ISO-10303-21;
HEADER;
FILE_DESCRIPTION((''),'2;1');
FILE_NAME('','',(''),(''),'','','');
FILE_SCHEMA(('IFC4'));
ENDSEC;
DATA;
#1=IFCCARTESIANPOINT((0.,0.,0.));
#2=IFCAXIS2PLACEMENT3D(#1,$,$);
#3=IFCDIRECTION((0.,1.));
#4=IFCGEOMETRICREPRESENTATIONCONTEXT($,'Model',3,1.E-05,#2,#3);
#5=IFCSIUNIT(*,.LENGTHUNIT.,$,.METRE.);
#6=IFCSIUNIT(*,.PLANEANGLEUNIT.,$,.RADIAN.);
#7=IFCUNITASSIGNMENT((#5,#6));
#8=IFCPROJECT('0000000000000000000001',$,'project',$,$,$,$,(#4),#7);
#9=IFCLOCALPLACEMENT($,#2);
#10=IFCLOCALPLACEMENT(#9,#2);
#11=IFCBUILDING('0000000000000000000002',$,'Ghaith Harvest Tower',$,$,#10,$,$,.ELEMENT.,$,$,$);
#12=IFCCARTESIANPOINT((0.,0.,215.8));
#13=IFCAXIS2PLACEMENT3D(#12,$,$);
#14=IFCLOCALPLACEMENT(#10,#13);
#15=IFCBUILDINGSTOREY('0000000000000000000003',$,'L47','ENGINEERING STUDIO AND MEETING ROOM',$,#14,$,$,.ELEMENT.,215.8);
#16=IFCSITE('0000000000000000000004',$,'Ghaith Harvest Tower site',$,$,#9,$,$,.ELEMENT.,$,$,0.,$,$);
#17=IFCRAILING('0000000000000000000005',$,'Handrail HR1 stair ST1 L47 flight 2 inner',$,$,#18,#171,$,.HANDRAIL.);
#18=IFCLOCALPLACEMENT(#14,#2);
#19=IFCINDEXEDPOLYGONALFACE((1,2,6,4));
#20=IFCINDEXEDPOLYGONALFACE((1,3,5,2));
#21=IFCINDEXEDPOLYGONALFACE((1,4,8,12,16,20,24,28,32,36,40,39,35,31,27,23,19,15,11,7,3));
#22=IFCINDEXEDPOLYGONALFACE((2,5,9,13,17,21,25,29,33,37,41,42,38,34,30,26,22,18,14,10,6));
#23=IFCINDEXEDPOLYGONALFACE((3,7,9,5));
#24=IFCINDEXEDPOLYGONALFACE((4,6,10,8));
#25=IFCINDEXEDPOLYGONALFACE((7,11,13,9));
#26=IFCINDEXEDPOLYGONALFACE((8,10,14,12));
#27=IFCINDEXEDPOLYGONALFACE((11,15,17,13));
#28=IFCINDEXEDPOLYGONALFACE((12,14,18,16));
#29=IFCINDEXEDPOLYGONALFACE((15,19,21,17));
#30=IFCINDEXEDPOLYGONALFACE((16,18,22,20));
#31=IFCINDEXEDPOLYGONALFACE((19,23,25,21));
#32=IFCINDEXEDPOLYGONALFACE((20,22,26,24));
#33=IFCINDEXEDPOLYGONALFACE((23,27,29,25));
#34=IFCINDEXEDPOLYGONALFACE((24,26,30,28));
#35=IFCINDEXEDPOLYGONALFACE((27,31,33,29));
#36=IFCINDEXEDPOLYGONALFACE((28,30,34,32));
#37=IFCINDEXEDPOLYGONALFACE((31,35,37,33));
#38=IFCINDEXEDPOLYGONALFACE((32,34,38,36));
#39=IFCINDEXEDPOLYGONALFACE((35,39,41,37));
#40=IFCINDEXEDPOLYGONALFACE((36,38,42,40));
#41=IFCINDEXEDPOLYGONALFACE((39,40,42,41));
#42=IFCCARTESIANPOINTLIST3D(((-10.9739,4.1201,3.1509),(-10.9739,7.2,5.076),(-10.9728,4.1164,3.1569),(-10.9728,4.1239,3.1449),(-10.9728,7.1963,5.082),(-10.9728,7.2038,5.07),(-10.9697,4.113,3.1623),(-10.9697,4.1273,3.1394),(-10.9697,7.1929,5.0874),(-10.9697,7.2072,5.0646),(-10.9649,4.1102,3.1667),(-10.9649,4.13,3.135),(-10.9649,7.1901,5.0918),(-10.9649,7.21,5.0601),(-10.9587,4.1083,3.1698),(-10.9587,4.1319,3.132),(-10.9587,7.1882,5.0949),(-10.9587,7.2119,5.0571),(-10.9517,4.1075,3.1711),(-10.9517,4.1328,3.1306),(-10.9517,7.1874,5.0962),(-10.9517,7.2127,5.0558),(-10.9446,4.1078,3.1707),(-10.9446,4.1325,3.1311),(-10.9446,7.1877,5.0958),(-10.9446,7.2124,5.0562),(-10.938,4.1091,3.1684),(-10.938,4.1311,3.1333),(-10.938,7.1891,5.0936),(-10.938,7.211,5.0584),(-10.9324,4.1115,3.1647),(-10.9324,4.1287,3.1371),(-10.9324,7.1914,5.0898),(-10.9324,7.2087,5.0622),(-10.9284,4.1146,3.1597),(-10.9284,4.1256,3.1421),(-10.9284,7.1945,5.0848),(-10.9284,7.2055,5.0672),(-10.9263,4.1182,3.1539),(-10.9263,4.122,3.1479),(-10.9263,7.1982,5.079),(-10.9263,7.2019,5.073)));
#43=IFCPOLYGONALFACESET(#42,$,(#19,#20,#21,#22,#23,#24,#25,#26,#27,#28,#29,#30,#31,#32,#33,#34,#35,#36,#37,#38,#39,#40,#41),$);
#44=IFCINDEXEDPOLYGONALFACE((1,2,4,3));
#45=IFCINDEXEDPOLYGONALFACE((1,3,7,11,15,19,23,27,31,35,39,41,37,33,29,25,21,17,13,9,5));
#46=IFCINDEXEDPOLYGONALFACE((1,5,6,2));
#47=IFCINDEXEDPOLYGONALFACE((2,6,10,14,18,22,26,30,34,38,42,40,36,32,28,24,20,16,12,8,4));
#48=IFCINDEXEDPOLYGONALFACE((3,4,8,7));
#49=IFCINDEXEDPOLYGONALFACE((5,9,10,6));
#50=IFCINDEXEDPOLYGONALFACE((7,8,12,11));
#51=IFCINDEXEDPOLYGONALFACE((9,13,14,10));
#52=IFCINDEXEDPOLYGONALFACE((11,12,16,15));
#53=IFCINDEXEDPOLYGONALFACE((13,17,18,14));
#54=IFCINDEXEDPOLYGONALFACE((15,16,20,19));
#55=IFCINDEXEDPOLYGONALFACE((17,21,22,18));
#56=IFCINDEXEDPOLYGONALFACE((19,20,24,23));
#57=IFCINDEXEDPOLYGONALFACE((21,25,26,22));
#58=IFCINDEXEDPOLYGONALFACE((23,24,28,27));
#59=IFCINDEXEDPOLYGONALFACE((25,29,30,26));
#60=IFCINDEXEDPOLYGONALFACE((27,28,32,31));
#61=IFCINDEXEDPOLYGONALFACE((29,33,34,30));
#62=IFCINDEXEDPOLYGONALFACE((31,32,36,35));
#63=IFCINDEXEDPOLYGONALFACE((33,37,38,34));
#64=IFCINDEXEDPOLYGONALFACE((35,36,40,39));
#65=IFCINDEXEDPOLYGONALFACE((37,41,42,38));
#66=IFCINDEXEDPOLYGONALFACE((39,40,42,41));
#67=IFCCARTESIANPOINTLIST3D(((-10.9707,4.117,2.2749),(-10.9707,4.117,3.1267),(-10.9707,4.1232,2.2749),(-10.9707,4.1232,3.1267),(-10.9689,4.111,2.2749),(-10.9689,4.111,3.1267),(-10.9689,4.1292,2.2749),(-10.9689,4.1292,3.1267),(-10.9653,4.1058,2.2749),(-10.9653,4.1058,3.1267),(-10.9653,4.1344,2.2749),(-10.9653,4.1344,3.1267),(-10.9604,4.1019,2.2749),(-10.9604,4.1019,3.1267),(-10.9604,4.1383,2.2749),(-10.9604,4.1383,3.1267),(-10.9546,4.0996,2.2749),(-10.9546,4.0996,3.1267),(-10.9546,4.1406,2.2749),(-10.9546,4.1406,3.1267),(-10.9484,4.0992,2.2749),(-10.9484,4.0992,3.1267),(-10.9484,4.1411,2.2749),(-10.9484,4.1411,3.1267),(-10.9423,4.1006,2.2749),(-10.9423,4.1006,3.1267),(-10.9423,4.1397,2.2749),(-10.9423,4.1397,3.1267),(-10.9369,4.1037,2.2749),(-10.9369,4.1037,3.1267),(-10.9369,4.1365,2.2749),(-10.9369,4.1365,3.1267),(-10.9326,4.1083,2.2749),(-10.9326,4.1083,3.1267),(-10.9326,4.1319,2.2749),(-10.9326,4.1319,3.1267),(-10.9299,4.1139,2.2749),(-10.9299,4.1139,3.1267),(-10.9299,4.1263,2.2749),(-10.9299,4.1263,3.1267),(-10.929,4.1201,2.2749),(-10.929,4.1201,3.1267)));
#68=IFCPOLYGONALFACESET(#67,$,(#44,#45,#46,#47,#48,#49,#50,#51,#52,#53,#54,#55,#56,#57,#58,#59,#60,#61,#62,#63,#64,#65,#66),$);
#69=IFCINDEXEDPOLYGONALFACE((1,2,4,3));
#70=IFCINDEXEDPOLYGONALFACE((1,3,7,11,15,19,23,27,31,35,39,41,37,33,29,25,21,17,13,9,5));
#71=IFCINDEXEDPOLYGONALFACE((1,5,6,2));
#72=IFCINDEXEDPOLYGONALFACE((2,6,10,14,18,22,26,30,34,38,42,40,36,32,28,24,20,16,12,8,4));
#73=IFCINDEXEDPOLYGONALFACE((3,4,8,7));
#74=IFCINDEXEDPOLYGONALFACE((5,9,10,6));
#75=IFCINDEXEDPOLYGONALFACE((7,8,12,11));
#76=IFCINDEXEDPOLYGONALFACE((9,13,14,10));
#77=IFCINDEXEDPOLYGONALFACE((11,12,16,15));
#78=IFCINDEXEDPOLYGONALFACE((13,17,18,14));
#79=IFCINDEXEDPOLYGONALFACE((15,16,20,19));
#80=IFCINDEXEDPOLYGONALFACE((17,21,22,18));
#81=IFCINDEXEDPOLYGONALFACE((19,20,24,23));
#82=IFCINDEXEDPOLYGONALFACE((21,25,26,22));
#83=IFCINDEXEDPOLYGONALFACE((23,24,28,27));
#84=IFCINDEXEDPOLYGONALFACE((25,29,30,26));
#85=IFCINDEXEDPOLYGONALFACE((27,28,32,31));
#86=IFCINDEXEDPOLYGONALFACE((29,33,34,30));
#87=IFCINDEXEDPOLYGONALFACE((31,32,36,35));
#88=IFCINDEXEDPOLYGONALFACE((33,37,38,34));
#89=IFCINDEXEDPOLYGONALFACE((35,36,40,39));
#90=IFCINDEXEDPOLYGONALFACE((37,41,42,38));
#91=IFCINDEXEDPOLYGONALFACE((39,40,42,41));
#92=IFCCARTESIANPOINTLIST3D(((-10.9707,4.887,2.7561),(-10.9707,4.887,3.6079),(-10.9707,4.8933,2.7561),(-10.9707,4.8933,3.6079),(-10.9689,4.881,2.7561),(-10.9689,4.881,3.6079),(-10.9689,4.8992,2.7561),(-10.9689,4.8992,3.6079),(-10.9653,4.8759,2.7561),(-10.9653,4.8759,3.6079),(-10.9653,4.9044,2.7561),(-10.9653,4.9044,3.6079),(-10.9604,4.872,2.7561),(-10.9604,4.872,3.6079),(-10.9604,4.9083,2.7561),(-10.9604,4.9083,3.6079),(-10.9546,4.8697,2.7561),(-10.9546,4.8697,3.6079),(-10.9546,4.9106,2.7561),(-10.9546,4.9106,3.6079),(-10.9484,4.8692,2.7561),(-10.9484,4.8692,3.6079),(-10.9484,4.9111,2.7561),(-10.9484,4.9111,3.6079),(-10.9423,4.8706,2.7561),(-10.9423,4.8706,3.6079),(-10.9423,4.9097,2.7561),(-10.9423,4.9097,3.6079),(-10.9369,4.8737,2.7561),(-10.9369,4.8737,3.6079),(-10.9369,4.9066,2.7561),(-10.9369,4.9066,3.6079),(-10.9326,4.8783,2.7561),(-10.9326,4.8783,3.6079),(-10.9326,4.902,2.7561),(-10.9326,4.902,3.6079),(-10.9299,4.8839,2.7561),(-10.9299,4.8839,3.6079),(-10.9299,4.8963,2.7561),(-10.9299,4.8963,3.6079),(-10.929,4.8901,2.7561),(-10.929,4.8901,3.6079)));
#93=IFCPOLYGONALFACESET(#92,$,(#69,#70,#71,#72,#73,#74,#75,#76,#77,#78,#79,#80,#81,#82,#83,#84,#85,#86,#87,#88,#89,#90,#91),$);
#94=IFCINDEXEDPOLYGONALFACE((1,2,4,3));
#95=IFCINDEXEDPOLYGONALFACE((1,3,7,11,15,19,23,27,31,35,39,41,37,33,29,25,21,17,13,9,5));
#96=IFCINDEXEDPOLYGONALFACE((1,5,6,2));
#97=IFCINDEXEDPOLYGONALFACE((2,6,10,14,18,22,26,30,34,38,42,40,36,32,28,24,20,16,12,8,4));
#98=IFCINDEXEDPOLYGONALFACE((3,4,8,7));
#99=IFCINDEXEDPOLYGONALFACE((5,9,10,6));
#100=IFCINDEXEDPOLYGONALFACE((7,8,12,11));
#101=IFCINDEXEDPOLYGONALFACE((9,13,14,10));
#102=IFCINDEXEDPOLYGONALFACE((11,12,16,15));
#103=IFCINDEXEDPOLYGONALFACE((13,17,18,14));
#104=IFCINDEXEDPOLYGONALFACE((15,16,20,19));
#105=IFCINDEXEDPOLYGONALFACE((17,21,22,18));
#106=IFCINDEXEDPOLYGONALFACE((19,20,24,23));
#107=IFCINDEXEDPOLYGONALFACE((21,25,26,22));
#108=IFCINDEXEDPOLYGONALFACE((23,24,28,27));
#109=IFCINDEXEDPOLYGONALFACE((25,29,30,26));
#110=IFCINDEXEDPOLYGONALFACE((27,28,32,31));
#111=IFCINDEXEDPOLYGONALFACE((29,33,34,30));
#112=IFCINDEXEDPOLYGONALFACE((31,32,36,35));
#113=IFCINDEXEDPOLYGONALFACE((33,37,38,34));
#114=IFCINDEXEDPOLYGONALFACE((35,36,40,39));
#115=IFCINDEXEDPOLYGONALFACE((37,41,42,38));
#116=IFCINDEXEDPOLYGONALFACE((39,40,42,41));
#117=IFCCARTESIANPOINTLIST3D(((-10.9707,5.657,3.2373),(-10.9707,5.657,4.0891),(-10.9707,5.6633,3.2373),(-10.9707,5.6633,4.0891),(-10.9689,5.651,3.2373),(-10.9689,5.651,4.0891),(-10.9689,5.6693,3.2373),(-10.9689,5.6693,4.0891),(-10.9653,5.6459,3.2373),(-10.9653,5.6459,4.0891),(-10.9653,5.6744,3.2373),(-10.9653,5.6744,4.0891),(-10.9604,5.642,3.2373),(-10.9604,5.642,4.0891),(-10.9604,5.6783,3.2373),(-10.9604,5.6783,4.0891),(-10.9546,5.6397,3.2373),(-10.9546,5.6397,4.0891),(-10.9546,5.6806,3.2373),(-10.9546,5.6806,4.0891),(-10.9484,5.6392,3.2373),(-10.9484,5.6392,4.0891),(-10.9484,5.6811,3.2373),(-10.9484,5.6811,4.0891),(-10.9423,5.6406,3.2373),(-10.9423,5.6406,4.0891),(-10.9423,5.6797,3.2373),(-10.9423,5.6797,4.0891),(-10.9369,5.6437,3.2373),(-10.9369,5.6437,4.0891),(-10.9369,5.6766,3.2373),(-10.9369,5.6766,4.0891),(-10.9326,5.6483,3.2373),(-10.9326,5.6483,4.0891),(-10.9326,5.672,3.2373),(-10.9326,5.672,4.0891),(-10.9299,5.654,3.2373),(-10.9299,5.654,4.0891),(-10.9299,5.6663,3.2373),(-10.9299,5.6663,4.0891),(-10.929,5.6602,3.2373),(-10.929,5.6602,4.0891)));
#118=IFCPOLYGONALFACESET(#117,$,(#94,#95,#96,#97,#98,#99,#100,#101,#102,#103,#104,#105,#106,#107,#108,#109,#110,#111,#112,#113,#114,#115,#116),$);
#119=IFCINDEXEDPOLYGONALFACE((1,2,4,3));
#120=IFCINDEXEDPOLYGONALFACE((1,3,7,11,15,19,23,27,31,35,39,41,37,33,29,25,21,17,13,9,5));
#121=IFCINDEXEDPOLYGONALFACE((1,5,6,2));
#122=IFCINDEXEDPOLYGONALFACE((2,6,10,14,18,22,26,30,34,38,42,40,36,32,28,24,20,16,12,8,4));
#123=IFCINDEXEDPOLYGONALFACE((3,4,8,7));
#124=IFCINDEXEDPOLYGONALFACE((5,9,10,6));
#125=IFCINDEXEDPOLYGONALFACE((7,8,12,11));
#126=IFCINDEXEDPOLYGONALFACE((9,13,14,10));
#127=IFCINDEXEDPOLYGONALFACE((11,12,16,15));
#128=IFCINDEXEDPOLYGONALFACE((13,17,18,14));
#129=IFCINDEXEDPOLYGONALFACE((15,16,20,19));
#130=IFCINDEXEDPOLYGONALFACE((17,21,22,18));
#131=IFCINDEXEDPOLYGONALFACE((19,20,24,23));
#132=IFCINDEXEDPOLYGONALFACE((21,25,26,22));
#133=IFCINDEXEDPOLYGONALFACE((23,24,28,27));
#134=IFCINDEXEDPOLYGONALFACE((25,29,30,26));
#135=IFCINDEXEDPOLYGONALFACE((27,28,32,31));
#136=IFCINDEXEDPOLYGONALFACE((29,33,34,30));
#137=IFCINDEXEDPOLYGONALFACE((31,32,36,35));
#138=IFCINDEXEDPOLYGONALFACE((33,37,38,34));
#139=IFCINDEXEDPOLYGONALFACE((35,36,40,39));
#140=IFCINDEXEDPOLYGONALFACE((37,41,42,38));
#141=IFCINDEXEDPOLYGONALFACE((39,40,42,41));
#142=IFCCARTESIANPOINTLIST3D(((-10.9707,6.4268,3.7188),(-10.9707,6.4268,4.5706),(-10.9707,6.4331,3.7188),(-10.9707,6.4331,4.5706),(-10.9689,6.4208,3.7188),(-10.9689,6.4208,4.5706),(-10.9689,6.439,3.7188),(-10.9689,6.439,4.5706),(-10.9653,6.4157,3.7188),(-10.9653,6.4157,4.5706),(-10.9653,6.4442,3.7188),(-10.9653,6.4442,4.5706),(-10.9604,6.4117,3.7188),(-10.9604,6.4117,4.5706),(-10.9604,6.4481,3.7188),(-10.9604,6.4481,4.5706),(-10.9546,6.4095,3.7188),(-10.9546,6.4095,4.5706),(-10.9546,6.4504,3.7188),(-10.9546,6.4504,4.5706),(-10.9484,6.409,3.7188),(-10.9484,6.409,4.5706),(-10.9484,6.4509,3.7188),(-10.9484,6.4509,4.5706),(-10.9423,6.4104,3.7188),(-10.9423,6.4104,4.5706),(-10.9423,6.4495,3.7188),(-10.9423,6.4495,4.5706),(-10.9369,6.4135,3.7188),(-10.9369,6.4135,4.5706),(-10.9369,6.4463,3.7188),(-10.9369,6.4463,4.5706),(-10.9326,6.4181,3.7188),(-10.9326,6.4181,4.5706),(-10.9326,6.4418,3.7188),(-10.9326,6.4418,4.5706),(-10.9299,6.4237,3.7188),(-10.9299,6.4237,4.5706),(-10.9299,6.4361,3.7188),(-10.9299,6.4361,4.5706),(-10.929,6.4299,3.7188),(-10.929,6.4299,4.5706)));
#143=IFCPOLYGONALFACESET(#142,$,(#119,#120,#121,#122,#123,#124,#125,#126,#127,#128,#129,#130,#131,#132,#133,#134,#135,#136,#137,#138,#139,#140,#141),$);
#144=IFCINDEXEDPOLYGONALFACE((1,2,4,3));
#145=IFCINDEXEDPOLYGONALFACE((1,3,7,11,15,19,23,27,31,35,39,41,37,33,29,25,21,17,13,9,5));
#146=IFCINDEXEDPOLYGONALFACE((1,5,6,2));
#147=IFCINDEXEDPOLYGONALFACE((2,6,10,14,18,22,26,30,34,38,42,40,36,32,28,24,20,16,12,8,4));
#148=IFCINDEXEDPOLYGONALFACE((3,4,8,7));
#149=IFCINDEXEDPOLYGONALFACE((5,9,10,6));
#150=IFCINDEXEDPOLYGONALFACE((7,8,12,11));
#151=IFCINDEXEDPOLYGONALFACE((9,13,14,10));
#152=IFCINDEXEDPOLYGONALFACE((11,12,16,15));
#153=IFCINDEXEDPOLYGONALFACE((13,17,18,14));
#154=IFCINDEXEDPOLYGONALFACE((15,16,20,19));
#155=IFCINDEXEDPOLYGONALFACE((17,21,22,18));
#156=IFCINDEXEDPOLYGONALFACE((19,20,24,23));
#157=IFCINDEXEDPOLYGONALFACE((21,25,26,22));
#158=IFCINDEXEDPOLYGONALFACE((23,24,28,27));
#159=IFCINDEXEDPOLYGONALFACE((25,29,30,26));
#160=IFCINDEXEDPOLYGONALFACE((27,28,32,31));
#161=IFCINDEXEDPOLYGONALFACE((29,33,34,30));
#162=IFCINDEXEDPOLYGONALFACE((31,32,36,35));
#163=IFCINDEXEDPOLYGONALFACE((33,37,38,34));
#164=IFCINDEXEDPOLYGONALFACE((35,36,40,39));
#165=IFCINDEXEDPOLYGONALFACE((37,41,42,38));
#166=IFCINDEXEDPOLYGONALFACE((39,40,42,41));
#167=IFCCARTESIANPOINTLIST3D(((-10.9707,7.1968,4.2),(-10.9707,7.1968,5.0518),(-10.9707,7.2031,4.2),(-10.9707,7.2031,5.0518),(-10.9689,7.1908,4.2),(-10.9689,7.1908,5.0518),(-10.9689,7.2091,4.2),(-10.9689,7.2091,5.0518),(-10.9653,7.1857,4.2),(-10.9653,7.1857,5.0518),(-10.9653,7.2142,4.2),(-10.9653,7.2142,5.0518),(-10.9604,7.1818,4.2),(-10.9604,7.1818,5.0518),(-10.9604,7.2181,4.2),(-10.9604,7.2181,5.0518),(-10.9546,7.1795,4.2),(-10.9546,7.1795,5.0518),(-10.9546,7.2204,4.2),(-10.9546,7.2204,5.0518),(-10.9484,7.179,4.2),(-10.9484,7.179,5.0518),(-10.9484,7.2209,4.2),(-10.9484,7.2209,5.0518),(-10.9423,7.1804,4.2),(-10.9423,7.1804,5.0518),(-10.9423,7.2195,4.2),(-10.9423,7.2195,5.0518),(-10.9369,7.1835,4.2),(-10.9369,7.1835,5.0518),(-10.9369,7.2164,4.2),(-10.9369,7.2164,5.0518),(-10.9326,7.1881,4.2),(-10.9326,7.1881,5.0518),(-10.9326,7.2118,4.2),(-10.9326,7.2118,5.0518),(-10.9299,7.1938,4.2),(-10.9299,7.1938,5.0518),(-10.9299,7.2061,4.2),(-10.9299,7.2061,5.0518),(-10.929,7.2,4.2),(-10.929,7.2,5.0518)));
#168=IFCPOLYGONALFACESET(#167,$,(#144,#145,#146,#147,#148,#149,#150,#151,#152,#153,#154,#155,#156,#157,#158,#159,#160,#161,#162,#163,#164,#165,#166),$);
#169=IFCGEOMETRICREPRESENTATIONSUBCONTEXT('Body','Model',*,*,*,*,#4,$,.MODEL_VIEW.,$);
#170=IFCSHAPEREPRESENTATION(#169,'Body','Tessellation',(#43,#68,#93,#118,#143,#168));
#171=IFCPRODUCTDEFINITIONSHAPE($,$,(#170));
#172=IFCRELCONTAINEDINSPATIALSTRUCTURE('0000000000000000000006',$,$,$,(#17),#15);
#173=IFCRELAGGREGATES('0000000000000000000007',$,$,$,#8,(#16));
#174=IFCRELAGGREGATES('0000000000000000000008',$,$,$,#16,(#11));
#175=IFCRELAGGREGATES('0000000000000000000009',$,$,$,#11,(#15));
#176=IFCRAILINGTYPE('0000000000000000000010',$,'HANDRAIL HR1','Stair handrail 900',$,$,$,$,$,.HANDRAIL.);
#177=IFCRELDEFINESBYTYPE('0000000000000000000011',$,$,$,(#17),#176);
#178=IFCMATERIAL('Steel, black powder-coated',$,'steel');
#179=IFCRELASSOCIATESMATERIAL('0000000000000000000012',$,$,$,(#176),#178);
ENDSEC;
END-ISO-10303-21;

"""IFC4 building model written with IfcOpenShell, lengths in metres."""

from ifc_helpers import new_model, si_unit, direction, frame, origin, origin_2d, place, context, subcontext, project, spatial, circle, extrude, material, type_object, element, save


model = new_model("IFC4")

# Units and contexts
model_context = context("Model", 3, precision=1e-05, world=origin(), true_north=direction((0.0, 1.0)))
body_context = subcontext(model_context, "Body", "Model", "MODEL_VIEW")
ifc_project = project(units=[si_unit("LENGTHUNIT", "METRE"), si_unit("PLANEANGLEUNIT", "RADIAN")], contexts=[model_context])

# Site, building, storey
site_placement = place(None, origin())
site = spatial("IfcSite", under=ifc_project, at=site_placement, Name="Ghaith Harvest Tower site", CompositionType="ELEMENT", RefElevation=0.0)
building_placement = place(site_placement, origin())
building = spatial("IfcBuilding", under=site, at=building_placement, Name="Ghaith Harvest Tower", CompositionType="ELEMENT")
storey_placement = place(building_placement, frame((0.0, 0.0, 215.8)))
storey = spatial("IfcBuildingStorey", under=building, at=storey_placement, Name="L47", Description="ENGINEERING STUDIO AND MEETING ROOM", CompositionType="ELEMENT", Elevation=215.8)

# Railing
ifc_material_1 = material(Name="Steel, black powder-coated", Category="steel")
railing_type = type_object("IfcRailingType", Name="HANDRAIL HR1", Description="Stair handrail 900", PredefinedType="HANDRAIL", material=ifc_material_1)
railing_1_placement = place(storey_placement, frame((-10.95, 4.1201, 2.2749)))
element("IfcRailing", 1, at=railing_1_placement, inside=storey, type_object=railing_type, Name="Handrail HR1 stair ST1 L47 flight 2 inner", PredefinedType="HANDRAIL", context=body_context, shape_type="SweptSolid", body=[
    extrude(circle(Radius=0.0239, at=origin_2d()), frame((0.0, 0.0, 0.876), z_axis=(0.0, 0.847979, 0.530029), x_axis=(-1.0, 0.0, 0.0)), (0.0, 0.0, 1.0), 3.6321),
    extrude(circle(Radius=0.021, at=origin_2d()), origin(), (0.0, 0.0, 1.0), 0.8518),
    extrude(circle(Radius=0.021, at=origin_2d()), frame((0.0, 0.77, 0.4812)), (0.0, 0.0, 1.0), 0.8518),
    extrude(circle(Radius=0.021, at=origin_2d()), frame((0.0, 1.54, 0.9624)), (0.0, 0.0, 1.0), 0.8518),
    extrude(circle(Radius=0.021, at=origin_2d()), frame((0.0, 2.3098, 1.4438)), (0.0, 0.0, 1.0), 0.8518),
    extrude(circle(Radius=0.021, at=origin_2d()), frame((0.0, 3.0798, 1.925)), (0.0, 0.0, 1.0), 0.8518),
])

save(model, "model.ifc")
